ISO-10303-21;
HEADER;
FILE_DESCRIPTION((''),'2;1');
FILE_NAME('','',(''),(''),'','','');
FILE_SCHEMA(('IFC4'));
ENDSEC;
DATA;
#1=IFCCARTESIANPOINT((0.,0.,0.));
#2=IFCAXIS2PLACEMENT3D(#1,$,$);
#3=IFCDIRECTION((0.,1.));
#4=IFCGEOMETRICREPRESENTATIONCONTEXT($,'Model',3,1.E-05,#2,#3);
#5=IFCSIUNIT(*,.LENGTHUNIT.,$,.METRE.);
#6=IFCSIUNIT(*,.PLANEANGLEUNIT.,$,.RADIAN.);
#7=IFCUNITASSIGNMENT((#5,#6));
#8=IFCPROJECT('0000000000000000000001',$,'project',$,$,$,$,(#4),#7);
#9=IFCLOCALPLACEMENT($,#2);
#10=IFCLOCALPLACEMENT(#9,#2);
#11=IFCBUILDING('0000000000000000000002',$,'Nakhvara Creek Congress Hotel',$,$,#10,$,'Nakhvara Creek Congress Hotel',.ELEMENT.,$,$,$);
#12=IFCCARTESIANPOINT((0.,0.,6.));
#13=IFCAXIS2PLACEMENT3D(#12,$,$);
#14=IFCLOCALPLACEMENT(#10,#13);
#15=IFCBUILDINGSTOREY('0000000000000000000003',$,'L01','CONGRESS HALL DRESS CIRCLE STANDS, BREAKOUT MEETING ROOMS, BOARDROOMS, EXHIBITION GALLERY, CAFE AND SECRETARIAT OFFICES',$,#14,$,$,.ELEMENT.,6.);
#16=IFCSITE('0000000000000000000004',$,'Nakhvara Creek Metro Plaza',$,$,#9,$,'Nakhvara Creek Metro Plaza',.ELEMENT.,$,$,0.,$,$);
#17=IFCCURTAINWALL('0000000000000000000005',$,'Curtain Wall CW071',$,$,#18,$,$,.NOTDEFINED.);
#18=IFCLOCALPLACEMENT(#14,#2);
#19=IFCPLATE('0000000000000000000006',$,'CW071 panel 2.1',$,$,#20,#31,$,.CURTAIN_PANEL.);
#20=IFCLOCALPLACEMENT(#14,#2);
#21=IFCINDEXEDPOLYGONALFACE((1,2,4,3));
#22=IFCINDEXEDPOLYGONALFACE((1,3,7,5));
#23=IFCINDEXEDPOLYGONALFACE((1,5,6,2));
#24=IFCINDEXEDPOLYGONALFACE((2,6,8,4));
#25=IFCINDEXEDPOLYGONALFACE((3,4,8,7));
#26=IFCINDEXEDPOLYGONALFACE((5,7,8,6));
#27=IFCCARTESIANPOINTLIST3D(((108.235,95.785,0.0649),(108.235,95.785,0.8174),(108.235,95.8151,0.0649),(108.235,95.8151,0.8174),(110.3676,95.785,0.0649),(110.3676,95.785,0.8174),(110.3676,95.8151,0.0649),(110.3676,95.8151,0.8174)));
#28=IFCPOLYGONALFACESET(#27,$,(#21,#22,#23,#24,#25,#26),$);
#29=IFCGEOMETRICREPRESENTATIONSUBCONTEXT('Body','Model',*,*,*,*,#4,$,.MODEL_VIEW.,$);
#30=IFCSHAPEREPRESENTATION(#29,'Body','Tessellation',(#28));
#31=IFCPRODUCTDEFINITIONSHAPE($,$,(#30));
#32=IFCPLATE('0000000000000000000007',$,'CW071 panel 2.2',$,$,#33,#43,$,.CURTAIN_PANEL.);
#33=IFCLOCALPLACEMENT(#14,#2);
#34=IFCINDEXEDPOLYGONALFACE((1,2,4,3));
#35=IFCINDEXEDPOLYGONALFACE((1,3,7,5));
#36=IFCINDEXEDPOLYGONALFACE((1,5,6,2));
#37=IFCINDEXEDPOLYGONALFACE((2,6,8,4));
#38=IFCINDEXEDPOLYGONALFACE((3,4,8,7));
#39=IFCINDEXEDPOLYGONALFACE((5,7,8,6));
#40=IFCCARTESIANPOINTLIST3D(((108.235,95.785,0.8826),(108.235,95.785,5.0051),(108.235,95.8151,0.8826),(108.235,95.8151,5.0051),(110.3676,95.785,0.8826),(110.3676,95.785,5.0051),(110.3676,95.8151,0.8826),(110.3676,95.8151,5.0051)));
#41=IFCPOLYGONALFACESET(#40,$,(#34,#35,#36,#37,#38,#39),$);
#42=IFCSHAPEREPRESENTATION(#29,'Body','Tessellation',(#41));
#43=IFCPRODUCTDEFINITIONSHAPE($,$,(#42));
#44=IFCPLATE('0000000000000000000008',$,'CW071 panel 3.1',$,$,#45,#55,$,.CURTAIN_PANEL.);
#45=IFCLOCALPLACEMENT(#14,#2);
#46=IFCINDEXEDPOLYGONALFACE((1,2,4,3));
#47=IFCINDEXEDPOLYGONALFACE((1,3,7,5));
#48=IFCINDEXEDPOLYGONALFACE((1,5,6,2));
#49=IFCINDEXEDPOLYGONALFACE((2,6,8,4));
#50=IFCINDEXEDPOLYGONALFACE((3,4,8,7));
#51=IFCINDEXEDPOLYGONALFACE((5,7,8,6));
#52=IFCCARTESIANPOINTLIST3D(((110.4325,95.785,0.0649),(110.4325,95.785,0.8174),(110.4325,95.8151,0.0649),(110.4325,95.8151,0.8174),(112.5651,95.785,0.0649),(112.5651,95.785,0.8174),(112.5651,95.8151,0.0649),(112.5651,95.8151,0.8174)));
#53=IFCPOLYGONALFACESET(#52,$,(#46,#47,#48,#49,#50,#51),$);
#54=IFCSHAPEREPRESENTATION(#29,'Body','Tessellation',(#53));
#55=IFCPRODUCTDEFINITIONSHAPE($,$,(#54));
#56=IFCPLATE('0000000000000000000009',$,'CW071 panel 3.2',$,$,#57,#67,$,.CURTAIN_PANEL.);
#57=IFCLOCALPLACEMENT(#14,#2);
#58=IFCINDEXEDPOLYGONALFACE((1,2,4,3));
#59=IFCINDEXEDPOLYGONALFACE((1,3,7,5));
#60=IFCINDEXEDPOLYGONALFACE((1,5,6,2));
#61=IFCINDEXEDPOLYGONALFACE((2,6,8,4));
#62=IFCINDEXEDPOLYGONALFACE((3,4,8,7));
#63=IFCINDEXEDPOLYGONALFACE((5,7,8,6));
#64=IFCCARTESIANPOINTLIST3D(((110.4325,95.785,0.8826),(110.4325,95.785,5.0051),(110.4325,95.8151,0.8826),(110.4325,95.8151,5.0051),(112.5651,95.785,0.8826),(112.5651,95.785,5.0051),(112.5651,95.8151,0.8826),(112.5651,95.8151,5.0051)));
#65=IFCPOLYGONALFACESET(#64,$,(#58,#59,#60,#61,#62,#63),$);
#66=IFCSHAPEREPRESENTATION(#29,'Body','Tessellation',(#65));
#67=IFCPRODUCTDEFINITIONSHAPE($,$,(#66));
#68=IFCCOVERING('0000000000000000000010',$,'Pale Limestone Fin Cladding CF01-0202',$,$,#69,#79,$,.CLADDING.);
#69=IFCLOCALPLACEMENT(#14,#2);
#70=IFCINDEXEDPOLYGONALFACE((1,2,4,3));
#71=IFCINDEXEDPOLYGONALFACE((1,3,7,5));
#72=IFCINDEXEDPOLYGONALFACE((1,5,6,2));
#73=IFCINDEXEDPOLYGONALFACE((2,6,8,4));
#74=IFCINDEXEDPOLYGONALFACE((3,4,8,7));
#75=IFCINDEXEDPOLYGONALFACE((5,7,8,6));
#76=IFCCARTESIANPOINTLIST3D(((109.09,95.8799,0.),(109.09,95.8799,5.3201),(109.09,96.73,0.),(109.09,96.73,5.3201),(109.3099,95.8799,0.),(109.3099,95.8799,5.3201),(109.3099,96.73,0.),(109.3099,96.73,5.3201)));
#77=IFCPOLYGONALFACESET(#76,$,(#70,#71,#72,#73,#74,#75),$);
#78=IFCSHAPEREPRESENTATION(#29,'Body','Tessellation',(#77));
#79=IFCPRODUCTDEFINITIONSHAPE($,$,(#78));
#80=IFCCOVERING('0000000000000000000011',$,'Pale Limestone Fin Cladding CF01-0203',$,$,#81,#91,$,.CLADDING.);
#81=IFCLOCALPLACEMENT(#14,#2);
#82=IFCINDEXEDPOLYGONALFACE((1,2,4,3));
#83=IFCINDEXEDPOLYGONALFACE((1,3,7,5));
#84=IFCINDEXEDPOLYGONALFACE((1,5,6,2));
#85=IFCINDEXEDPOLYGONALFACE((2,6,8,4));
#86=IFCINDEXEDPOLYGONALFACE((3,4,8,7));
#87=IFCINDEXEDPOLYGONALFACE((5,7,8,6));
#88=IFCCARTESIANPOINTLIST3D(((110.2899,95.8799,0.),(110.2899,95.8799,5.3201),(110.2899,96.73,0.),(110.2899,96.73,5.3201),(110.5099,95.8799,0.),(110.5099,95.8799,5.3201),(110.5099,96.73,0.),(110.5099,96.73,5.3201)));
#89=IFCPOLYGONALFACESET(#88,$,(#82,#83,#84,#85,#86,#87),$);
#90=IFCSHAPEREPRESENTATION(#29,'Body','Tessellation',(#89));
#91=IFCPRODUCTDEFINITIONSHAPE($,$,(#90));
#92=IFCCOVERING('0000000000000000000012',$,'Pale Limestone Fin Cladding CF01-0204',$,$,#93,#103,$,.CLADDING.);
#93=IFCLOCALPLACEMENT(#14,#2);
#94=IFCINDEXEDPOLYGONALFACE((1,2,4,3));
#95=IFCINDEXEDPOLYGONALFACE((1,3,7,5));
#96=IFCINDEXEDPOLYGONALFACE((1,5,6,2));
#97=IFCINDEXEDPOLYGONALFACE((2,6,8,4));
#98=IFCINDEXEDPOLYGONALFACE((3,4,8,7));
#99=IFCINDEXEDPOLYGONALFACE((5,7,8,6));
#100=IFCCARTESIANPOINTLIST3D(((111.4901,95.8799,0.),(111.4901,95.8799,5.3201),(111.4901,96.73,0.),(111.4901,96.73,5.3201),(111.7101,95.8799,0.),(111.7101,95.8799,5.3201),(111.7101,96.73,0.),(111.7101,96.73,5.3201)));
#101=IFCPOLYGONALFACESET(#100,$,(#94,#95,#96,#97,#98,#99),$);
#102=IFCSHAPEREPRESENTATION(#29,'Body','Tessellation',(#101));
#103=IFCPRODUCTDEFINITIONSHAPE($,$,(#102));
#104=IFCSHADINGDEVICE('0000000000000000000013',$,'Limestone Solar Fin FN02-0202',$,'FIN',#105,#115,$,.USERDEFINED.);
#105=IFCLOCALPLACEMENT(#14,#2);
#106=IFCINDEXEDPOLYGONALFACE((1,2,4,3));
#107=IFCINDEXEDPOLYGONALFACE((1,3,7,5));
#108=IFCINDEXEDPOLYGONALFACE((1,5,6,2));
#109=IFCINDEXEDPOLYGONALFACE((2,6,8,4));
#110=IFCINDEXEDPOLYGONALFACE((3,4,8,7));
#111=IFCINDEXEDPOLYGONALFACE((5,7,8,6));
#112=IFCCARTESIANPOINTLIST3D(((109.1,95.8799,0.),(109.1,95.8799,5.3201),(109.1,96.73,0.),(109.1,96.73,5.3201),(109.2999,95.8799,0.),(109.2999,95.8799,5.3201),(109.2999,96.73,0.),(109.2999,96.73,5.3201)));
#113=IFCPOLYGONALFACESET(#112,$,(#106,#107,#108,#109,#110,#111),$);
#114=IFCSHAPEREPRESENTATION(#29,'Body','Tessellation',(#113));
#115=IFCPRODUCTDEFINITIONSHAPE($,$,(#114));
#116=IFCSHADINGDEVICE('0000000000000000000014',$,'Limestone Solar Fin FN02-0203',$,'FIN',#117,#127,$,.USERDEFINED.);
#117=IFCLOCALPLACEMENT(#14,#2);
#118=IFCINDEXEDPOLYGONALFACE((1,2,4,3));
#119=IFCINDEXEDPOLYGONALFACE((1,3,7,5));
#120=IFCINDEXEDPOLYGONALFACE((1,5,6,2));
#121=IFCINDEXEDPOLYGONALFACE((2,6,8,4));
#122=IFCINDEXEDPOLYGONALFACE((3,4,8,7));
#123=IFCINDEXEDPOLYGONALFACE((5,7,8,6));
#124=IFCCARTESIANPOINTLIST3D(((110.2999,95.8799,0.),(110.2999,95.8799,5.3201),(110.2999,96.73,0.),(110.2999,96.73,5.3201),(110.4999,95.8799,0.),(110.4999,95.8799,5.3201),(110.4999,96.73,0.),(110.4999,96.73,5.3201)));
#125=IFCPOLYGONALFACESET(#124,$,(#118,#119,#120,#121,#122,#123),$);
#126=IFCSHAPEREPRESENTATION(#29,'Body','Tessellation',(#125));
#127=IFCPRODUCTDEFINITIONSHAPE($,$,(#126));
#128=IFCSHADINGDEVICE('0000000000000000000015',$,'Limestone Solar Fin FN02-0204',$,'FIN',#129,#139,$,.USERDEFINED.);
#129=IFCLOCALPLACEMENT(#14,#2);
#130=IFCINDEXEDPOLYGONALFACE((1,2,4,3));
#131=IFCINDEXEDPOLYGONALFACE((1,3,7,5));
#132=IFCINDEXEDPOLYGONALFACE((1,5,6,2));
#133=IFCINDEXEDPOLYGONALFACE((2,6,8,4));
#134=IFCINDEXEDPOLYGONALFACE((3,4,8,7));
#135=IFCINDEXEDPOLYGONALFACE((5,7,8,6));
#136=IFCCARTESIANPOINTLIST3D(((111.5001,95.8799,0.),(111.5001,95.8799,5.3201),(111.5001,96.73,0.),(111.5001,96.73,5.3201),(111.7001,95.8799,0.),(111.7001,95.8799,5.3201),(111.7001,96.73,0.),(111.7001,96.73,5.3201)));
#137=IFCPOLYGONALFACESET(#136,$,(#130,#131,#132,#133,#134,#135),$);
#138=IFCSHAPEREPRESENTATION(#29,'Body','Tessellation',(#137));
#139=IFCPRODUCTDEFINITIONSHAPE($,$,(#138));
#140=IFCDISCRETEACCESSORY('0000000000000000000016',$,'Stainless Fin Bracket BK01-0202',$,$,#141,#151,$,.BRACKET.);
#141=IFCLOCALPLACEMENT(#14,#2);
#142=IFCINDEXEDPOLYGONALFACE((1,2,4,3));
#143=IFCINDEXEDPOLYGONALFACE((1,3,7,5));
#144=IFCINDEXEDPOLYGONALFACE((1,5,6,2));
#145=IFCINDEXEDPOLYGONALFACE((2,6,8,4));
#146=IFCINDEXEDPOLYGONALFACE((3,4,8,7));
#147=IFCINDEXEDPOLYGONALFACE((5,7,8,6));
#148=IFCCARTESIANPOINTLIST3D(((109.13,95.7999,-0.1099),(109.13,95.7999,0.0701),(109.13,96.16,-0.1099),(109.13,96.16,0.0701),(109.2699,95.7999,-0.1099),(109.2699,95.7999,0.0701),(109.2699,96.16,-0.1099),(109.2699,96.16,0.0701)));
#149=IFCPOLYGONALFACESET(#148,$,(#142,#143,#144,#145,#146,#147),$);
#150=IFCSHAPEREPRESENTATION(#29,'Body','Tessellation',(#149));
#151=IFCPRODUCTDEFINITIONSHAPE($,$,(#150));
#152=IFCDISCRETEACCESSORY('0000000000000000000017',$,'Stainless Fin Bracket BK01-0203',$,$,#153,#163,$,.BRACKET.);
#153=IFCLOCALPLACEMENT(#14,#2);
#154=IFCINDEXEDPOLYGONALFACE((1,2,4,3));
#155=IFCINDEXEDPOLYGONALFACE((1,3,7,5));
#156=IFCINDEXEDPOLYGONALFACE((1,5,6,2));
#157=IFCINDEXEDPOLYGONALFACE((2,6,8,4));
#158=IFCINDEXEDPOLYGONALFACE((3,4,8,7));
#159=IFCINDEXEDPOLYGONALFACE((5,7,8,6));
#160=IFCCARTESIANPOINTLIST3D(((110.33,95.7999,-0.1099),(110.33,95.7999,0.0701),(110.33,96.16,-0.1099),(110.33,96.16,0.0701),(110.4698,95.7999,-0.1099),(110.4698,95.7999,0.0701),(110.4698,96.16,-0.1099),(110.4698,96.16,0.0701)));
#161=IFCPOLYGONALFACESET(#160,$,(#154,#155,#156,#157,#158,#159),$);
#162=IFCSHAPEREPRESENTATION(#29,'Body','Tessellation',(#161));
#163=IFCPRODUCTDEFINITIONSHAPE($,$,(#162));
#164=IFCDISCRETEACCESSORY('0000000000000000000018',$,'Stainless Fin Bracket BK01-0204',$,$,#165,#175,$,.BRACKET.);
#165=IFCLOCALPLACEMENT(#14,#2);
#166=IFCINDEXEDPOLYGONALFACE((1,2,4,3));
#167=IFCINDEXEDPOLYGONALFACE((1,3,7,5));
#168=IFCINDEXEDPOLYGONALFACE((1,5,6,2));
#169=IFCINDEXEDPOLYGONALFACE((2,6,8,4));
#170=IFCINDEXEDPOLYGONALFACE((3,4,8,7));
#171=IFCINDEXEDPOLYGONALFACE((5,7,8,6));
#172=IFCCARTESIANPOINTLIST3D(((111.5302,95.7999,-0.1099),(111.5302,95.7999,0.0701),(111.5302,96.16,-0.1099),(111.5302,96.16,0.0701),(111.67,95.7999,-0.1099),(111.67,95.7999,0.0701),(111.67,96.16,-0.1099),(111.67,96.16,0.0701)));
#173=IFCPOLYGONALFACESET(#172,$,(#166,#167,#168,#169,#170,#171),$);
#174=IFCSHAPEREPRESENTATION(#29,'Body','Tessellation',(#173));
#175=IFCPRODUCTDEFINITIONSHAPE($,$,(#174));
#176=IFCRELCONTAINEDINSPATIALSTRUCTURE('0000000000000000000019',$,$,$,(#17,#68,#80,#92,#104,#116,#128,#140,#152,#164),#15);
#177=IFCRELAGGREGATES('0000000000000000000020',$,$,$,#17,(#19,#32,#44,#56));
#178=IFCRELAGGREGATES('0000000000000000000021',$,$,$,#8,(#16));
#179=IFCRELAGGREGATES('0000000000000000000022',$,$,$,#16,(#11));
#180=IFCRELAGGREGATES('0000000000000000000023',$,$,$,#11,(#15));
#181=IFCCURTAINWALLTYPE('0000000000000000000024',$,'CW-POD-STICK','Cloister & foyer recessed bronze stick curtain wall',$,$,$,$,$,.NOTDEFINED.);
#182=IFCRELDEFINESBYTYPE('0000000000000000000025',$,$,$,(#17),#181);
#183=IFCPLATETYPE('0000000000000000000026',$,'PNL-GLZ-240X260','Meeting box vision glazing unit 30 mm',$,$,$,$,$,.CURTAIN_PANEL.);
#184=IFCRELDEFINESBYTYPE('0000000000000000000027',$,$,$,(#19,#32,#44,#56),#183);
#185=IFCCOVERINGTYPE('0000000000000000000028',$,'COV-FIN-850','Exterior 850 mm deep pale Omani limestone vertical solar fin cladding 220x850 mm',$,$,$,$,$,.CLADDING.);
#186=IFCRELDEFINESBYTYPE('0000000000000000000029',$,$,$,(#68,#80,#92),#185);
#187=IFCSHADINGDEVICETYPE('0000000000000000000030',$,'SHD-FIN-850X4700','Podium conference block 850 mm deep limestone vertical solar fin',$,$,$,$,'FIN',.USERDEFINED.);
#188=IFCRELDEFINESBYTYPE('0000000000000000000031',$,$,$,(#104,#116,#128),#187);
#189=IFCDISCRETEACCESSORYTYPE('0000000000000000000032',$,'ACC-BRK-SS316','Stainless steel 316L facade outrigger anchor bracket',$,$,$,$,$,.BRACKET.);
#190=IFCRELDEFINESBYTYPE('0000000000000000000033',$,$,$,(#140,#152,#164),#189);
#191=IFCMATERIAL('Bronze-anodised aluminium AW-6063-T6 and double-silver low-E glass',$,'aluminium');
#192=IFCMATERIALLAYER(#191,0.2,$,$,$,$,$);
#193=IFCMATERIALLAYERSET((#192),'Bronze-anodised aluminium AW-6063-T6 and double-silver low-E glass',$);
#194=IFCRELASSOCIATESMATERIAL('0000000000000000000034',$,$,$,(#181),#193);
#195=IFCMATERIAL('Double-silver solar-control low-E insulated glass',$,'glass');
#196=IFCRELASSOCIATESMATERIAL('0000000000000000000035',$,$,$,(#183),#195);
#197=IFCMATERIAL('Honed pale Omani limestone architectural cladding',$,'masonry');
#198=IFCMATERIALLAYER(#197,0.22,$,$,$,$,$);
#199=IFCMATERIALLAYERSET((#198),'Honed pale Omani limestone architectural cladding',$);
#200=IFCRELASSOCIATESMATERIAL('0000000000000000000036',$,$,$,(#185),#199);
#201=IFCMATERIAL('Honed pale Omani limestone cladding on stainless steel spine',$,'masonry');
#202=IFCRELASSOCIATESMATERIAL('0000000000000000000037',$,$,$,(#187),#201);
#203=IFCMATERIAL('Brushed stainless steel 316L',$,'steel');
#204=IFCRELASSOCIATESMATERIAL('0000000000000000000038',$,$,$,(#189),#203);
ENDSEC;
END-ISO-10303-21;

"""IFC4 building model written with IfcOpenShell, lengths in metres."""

from ifc_helpers import new_model, si_unit, direction, frame, origin, origin_2d, place, context, subcontext, project, spatial, rectangle, extrude, material, layer, layer_set, type_object, element, aggregate, save


model = new_model("IFC4")

# Units and contexts
model_context = context("Model", 3, precision=1e-05, world=origin(), true_north=direction((0.0, 1.0)))
body_context = subcontext(model_context, "Body", "Model", "MODEL_VIEW")
ifc_project = project(units=[si_unit("LENGTHUNIT", "METRE"), si_unit("PLANEANGLEUNIT", "RADIAN")], contexts=[model_context])

# Site, building, storey
site_placement = place(None, origin())
site = spatial("IfcSite", under=ifc_project, at=site_placement, Name="Nakhvara Creek Metro Plaza", LongName="Nakhvara Creek Metro Plaza", CompositionType="ELEMENT", RefElevation=0.0)
building_placement = place(site_placement, origin())
building = spatial("IfcBuilding", under=site, at=building_placement, Name="Nakhvara Creek Congress Hotel", LongName="Nakhvara Creek Congress Hotel", CompositionType="ELEMENT")
storey_placement = place(building_placement, frame((0.0, 0.0, 6.0)))
storey = spatial("IfcBuildingStorey", under=building, at=storey_placement, Name="L01", Description="CONGRESS HALL DRESS CIRCLE STANDS, BREAKOUT MEETING ROOMS, BOARDROOMS, EXHIBITION GALLERY, CAFE AND SECRETARIAT OFFICES", CompositionType="ELEMENT", Elevation=6.0)

# Curtain wall, plates
ifc_material_1 = material(Name="Bronze-anodised aluminium AW-6063-T6 and double-silver low-E glass", Category="aluminium")
ifc_layer_1 = layer(ifc_material_1, 0.2)
ifc_layer_set_1 = layer_set([ifc_layer_1], Name="Bronze-anodised aluminium AW-6063-T6 and double-silver low-E glass")
curtain_wall_type = type_object("IfcCurtainWallType", Name="CW-POD-STICK", Description="Cloister & foyer recessed bronze stick curtain wall", PredefinedType="NOTDEFINED", material=ifc_layer_set_1)
curtain_wall_placement = place(storey_placement, origin())
curtain_wall = element("IfcCurtainWall", 1, at=curtain_wall_placement, inside=storey, type_object=curtain_wall_type, Name="Curtain Wall CW071", PredefinedType="NOTDEFINED")
ifc_material_2 = material(Name="Double-silver solar-control low-E insulated glass", Category="glass")
plate_type = type_object("IfcPlateType", Name="PNL-GLZ-240X260", Description="Meeting box vision glazing unit 30 mm", PredefinedType="CURTAIN_PANEL", material=ifc_material_2)
plate_1_placement = place(storey_placement, frame((109.3013, 95.8, 0.0649), z_axis=(0.0, 0.0, 1.0), x_axis=(1.0, 0.0, 0.0)))
plate_1 = element("IfcPlate", 2, at=plate_1_placement, type_object=plate_type, Name="CW071 panel 2.1", PredefinedType="CURTAIN_PANEL", context=body_context, shape_type="SweptSolid", body=[
    extrude(rectangle(XDim=2.1326, YDim=0.03, at=origin_2d()), origin(), (0.0, 0.0, 1.0), 0.7524),
])
plate_2_placement = place(storey_placement, frame((109.3013, 95.8, 0.8826), z_axis=(0.0, 0.0, 1.0), x_axis=(1.0, 0.0, 0.0)))
plate_2 = element("IfcPlate", 3, at=plate_2_placement, type_object=plate_type, Name="CW071 panel 2.2", PredefinedType="CURTAIN_PANEL", context=body_context, shape_type="SweptSolid", body=[
    extrude(rectangle(XDim=2.1326, YDim=0.03, at=origin_2d()), origin(), (0.0, 0.0, 1.0), 4.1226),
])
plate_3_placement = place(storey_placement, frame((111.4988, 95.8, 0.0649), z_axis=(0.0, 0.0, 1.0), x_axis=(1.0, 0.0, 0.0)))
plate_3 = element("IfcPlate", 4, at=plate_3_placement, type_object=plate_type, Name="CW071 panel 3.1", PredefinedType="CURTAIN_PANEL", context=body_context, shape_type="SweptSolid", body=[
    extrude(rectangle(XDim=2.1326, YDim=0.03, at=origin_2d()), origin(), (0.0, 0.0, 1.0), 0.7524),
])
plate_4_placement = place(storey_placement, frame((111.4988, 95.8, 0.8826), z_axis=(0.0, 0.0, 1.0), x_axis=(1.0, 0.0, 0.0)))
plate_4 = element("IfcPlate", 5, at=plate_4_placement, type_object=plate_type, Name="CW071 panel 3.2", PredefinedType="CURTAIN_PANEL", context=body_context, shape_type="SweptSolid", body=[
    extrude(rectangle(XDim=2.1326, YDim=0.03, at=origin_2d()), origin(), (0.0, 0.0, 1.0), 4.1226),
])
aggregate(curtain_wall, [plate_1, plate_2, plate_3, plate_4])

# Coverings
ifc_material_3 = material(Name="Honed pale Omani limestone architectural cladding", Category="masonry")
ifc_layer_2 = layer(ifc_material_3, 0.22)
ifc_layer_set_2 = layer_set([ifc_layer_2], Name="Honed pale Omani limestone architectural cladding")
covering_type = type_object("IfcCoveringType", Name="COV-FIN-850", Description="Exterior 850 mm deep pale Omani limestone vertical solar fin cladding 220x850 mm", PredefinedType="CLADDING", material=ifc_layer_set_2)
for number, where, z_axis, x_axis, name in (
    (6, (109.2, 96.3049, 0.0), (0.0, 0.0, 1.0), (1.0, 0.0, 0.0), "Pale Limestone Fin Cladding CF01-0202"),
    (7, (110.3999, 96.3049, 0.0), (0.0, 0.0, 1.0), (1.0, 0.0, 0.0), "Pale Limestone Fin Cladding CF01-0203"),
    (8, (111.6001, 96.3049, 0.0), (0.0, 0.0, 1.0), (1.0, 0.0, 0.0), "Pale Limestone Fin Cladding CF01-0204"),
):
    element("IfcCovering", number, at=place(storey_placement, frame(where, z_axis=z_axis, x_axis=x_axis)), inside=storey, type_object=covering_type, Name=name, PredefinedType="CLADDING", context=body_context, shape_type="SweptSolid", body=[
        extrude(rectangle(XDim=0.22, YDim=0.8501, at=origin_2d()), origin(), (0.0, 0.0, 1.0), 5.3201),
    ])

# Shading devices
ifc_material_4 = material(Name="Honed pale Omani limestone cladding on stainless steel spine", Category="masonry")
shading_device_type = type_object("IfcShadingDeviceType", Name="SHD-FIN-850X4700", Description="Podium conference block 850 mm deep limestone vertical solar fin", ElementType="FIN", PredefinedType="USERDEFINED", material=ifc_material_4)
for number, where, z_axis, x_axis, name in (
    (9, (109.2, 96.3049, 0.0), (0.0, 0.0, 1.0), (1.0, 0.0, 0.0), "Limestone Solar Fin FN02-0202"),
    (10, (110.3999, 96.3049, 0.0), (0.0, 0.0, 1.0), (1.0, 0.0, 0.0), "Limestone Solar Fin FN02-0203"),
    (11, (111.6001, 96.3049, 0.0), (0.0, 0.0, 1.0), (1.0, 0.0, 0.0), "Limestone Solar Fin FN02-0204"),
):
    element("IfcShadingDevice", number, at=place(storey_placement, frame(where, z_axis=z_axis, x_axis=x_axis)), inside=storey, type_object=shading_device_type, Name=name, ObjectType="FIN", PredefinedType="USERDEFINED", context=body_context, shape_type="SweptSolid", body=[
        extrude(rectangle(XDim=0.2, YDim=0.8501, at=origin_2d()), origin(), (0.0, 0.0, 1.0), 5.3201),
    ])

# Discrete accessories
ifc_material_5 = material(Name="Brushed stainless steel 316L", Category="steel")
discrete_accessory_type = type_object("IfcDiscreteAccessoryType", Name="ACC-BRK-SS316", Description="Stainless steel 316L facade outrigger anchor bracket", PredefinedType="BRACKET", material=ifc_material_5)
for number, where, z_axis, x_axis, name in (
    (12, (109.2, 95.98, -0.1099), (0.0, 0.0, 1.0), (1.0, 0.0, 0.0), "Stainless Fin Bracket BK01-0202"),
    (13, (110.3999, 95.98, -0.1099), (0.0, 0.0, 1.0), (1.0, 0.0, 0.0), "Stainless Fin Bracket BK01-0203"),
    (14, (111.6001, 95.98, -0.1099), (0.0, 0.0, 1.0), (1.0, 0.0, 0.0), "Stainless Fin Bracket BK01-0204"),
):
    element("IfcDiscreteAccessory", number, at=place(storey_placement, frame(where, z_axis=z_axis, x_axis=x_axis)), inside=storey, type_object=discrete_accessory_type, Name=name, PredefinedType="BRACKET", context=body_context, shape_type="SweptSolid", body=[
        extrude(rectangle(XDim=0.1399, YDim=0.3601, at=origin_2d()), origin(), (0.0, 0.0, 1.0), 0.1799),
    ])

save(model, "model.ifc")
